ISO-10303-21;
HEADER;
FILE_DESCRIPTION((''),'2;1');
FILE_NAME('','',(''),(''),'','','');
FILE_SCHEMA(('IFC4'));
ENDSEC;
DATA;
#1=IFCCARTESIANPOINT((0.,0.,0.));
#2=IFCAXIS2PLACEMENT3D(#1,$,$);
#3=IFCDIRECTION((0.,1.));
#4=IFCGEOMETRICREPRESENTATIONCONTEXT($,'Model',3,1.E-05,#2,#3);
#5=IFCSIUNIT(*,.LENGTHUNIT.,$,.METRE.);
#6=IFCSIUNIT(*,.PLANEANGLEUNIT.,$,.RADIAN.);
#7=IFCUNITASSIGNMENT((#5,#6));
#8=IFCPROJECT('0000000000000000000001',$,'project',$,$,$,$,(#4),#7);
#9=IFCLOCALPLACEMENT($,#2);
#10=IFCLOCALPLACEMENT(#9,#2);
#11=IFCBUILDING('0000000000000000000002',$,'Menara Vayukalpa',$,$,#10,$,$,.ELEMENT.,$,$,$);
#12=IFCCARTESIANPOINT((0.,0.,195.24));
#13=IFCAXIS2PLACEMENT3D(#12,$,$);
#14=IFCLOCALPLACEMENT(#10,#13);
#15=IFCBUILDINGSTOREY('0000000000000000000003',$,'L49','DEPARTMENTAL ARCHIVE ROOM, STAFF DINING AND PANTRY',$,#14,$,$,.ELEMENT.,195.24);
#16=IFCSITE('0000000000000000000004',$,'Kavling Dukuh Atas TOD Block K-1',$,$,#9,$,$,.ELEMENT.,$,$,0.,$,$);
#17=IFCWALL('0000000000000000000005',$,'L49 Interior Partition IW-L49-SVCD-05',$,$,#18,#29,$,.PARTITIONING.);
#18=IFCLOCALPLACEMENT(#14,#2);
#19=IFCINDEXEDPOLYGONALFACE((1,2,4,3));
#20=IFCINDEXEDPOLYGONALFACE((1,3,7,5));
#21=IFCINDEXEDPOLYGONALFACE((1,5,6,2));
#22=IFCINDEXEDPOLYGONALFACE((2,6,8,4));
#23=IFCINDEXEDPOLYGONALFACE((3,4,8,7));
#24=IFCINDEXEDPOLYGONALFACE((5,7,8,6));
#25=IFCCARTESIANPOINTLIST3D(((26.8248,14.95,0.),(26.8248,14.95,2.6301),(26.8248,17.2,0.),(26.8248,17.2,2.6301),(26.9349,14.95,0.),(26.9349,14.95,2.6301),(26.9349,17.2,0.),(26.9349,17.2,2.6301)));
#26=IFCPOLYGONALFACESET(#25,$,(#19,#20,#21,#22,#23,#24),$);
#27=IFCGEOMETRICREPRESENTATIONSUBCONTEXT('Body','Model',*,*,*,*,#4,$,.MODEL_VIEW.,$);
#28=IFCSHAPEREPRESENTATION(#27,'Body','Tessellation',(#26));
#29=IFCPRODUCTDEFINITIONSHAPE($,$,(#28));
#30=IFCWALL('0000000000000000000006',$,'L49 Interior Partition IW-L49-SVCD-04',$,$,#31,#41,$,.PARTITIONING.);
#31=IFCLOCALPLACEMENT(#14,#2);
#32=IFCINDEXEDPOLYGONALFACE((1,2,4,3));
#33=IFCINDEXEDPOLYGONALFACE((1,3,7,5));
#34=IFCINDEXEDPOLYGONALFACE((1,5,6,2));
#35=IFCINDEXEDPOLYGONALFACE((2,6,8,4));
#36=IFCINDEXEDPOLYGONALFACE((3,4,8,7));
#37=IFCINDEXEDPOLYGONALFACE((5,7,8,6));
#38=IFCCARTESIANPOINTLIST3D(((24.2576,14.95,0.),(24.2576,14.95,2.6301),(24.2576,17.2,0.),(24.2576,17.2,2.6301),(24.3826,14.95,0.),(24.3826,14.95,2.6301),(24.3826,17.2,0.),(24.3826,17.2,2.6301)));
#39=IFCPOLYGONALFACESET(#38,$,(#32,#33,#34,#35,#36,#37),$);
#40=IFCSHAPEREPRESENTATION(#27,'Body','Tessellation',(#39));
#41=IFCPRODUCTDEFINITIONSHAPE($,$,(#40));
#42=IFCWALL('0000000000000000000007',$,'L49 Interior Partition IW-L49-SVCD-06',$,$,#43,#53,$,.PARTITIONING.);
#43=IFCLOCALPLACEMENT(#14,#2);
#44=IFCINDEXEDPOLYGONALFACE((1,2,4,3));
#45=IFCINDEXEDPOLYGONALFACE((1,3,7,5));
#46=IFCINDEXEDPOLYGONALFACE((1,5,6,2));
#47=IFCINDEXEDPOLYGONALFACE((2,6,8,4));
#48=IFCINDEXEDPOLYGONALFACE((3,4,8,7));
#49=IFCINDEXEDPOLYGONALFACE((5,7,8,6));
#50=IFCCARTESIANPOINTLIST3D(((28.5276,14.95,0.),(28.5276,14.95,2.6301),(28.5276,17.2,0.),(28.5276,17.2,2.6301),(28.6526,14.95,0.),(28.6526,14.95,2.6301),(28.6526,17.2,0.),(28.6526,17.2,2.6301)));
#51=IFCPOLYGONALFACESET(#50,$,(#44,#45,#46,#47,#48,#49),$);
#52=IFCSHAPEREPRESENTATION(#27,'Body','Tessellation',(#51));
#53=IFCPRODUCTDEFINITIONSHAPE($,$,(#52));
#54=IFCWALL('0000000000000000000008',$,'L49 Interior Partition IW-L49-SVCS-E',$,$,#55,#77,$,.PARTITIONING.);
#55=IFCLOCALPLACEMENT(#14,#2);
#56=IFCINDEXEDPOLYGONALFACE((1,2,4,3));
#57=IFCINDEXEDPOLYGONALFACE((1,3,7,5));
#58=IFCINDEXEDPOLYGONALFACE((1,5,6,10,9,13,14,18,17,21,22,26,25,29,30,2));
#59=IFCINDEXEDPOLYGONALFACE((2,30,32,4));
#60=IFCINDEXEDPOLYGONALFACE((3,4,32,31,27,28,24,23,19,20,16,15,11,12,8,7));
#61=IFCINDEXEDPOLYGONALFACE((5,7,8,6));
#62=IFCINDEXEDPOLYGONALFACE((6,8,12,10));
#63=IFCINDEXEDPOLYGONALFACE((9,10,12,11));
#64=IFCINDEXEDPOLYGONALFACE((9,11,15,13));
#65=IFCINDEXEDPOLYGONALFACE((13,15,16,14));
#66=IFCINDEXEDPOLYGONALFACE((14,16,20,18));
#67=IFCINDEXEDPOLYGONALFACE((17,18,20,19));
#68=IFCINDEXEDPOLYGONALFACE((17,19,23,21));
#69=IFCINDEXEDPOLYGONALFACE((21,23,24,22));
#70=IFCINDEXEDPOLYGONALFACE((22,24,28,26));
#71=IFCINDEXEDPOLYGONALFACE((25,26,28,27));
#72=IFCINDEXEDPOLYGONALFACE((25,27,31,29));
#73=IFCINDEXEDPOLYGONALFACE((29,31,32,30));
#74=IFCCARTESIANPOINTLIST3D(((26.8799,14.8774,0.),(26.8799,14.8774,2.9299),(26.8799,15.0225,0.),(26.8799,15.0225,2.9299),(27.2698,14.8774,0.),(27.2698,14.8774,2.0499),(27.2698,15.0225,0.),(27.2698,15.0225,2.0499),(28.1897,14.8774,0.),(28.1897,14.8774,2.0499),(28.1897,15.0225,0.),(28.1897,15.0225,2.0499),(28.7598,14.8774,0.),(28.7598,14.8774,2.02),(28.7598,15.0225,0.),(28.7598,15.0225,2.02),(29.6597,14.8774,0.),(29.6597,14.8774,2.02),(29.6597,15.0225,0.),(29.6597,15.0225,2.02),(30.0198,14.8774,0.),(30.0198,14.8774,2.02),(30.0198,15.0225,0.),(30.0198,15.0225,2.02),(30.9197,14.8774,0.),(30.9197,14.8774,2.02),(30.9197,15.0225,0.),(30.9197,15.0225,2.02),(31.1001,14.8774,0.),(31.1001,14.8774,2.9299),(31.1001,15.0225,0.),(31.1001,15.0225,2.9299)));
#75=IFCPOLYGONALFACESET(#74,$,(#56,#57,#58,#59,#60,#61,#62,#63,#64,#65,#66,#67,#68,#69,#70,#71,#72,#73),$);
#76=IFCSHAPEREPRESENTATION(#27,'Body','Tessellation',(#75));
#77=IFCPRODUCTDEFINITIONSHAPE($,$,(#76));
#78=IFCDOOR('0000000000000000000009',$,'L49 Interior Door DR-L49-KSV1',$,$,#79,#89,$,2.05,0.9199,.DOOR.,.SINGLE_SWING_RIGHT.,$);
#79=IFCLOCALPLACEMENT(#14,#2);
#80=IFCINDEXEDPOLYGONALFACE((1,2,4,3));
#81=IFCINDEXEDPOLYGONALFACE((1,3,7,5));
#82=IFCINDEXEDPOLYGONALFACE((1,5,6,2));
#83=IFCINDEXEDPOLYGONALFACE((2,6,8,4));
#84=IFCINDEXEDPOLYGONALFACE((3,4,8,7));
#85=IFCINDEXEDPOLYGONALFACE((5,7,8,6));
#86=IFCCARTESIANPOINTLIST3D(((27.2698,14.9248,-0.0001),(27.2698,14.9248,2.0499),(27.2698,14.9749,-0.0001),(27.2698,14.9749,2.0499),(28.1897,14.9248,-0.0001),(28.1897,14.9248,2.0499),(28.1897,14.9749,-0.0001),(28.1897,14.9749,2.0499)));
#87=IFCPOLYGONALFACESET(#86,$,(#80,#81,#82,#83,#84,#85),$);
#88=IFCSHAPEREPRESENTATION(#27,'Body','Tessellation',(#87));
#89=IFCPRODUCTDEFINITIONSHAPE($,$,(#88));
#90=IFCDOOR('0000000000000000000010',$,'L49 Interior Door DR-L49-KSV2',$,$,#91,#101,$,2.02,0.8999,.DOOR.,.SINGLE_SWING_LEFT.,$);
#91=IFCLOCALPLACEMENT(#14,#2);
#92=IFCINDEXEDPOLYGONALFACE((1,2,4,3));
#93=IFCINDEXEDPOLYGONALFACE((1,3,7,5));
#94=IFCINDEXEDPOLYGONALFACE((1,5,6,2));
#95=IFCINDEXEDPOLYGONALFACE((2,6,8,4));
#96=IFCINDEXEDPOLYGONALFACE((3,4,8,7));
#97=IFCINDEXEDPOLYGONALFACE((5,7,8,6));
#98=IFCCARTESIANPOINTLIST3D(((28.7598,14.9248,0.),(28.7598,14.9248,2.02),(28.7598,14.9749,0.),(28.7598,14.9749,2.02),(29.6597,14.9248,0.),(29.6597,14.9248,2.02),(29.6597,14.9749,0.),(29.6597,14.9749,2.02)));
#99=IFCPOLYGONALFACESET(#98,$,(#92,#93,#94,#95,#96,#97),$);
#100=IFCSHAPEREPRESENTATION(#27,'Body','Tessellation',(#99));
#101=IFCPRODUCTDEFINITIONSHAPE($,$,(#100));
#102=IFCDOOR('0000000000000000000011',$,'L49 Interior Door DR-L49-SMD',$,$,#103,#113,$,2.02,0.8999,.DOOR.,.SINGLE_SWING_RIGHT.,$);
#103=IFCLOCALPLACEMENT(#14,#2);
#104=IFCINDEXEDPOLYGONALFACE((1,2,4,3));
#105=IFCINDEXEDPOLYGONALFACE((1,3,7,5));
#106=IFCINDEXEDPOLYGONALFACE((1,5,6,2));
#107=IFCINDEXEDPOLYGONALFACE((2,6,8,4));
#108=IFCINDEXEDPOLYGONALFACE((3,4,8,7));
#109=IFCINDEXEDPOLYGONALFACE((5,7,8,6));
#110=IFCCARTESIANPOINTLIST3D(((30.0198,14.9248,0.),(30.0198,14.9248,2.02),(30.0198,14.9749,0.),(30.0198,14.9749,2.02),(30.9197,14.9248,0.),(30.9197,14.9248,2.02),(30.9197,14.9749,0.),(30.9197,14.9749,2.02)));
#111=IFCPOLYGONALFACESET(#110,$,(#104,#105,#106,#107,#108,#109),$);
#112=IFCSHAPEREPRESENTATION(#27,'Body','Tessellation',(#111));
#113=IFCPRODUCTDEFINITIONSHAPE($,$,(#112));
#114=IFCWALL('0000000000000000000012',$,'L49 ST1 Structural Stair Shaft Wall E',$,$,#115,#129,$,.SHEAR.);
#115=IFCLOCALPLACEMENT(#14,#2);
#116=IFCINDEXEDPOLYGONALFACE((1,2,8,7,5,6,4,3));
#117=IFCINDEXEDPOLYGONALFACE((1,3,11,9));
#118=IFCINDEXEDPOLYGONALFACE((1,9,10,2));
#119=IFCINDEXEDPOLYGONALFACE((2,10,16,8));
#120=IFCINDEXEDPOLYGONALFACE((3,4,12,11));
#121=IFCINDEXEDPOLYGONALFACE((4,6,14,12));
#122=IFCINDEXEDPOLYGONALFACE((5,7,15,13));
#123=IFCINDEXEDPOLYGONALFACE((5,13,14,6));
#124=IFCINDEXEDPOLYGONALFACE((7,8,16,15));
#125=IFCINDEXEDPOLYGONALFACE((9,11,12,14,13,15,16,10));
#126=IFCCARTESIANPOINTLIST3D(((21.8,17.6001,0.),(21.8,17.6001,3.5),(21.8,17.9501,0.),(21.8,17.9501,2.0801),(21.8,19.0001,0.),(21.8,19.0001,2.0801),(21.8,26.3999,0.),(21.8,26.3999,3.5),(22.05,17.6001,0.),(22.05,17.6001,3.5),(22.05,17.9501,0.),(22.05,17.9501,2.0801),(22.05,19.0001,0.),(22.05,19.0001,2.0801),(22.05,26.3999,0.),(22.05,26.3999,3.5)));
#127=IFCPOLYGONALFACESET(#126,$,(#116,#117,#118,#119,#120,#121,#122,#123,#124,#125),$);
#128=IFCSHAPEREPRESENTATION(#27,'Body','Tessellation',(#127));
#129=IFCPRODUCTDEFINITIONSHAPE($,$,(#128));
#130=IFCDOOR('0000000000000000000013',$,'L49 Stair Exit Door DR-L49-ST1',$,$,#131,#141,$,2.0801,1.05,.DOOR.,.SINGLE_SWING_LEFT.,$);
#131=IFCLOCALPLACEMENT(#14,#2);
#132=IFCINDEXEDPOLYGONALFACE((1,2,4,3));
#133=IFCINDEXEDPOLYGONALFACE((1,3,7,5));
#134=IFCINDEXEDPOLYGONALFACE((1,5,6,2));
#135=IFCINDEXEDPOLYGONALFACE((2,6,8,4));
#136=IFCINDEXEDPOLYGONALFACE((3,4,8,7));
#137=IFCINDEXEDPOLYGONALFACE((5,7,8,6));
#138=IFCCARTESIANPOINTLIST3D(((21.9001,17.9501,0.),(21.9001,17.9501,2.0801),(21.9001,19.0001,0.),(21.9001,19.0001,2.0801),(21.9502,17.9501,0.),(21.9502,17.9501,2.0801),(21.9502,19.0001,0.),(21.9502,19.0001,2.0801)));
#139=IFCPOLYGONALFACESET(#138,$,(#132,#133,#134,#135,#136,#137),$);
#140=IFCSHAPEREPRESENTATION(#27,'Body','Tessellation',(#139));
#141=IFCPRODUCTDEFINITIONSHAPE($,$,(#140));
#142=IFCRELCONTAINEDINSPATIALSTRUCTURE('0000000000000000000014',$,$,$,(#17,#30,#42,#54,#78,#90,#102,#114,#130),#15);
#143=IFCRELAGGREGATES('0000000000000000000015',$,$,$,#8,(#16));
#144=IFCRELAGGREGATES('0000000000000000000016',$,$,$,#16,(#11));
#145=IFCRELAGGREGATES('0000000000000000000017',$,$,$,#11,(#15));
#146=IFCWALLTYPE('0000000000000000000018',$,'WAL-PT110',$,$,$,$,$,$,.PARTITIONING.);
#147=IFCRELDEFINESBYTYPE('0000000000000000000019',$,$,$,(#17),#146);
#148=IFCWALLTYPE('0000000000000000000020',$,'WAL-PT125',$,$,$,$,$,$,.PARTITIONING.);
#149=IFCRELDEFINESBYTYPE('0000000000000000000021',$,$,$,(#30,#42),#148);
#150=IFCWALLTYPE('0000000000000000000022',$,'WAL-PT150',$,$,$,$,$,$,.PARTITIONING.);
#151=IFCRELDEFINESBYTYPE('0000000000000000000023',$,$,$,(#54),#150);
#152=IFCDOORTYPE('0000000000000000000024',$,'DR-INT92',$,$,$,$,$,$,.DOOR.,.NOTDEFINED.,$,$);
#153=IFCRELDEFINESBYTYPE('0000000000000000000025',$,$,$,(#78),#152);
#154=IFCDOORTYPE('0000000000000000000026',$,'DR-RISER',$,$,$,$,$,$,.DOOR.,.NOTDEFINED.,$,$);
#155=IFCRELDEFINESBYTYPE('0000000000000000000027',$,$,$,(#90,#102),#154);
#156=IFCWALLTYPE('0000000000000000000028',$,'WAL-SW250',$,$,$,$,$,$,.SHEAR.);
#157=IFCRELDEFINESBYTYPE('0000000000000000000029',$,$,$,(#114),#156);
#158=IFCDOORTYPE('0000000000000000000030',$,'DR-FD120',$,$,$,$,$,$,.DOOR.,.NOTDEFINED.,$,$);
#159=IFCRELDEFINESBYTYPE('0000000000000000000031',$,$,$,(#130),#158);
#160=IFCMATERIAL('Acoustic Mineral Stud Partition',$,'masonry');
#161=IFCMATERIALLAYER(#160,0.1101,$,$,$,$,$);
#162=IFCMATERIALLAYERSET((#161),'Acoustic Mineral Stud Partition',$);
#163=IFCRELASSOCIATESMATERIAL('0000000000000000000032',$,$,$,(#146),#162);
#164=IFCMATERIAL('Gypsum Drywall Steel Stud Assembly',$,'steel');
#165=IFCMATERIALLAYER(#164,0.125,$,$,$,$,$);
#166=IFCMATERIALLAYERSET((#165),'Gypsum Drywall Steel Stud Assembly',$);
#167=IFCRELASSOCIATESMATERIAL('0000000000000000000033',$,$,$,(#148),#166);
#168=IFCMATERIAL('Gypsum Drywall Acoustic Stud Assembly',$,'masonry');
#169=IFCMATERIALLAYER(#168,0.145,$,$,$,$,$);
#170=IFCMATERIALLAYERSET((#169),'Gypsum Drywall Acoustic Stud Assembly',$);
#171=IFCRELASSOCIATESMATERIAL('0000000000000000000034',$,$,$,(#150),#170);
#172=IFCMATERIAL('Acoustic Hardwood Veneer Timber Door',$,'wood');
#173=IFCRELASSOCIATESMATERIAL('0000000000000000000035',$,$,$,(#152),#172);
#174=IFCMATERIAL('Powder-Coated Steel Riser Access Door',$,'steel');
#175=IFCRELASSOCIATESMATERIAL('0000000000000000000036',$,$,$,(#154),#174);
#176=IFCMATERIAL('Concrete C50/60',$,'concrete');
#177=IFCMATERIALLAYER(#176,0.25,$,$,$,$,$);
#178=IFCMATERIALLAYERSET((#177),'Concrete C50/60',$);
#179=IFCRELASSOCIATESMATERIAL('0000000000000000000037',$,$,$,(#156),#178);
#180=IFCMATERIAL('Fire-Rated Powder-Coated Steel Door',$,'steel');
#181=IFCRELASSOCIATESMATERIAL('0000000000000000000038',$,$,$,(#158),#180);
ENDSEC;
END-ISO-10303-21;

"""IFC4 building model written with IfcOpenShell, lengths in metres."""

from ifc_helpers import new_model, si_unit, direction, frame, frame_2d, origin, place, context, subcontext, project, spatial, rectangle, extrude, material, layer, layer_set, type_object, element, fill, save


model = new_model("IFC4")

# Units and contexts
model_context = context("Model", 3, precision=1e-05, world=origin(), true_north=direction((0.0, 1.0)))
body_context = subcontext(model_context, "Body", "Model", "MODEL_VIEW")
ifc_project = project(units=[si_unit("LENGTHUNIT", "METRE"), si_unit("PLANEANGLEUNIT", "RADIAN")], contexts=[model_context])

# Site, building, storey
site_placement = place(None, origin())
site = spatial("IfcSite", under=ifc_project, at=site_placement, Name="Kavling Dukuh Atas TOD Block K-1", CompositionType="ELEMENT", RefElevation=0.0)
building_placement = place(site_placement, origin())
building = spatial("IfcBuilding", under=site, at=building_placement, Name="Menara Vayukalpa", CompositionType="ELEMENT")
storey_placement = place(building_placement, frame((0.0, 0.0, 195.24)))
storey = spatial("IfcBuildingStorey", under=building, at=storey_placement, Name="L49", Description="DEPARTMENTAL ARCHIVE ROOM, STAFF DINING AND PANTRY", CompositionType="ELEMENT", Elevation=195.24)

# Walls
ifc_material_1 = material(Name="Acoustic Mineral Stud Partition", Category="masonry")
ifc_layer_1 = layer(ifc_material_1, 0.1101)
ifc_layer_set_1 = layer_set([ifc_layer_1], Name="Acoustic Mineral Stud Partition")
wall_type_1 = type_object("IfcWallType", Name="WAL-PT110", PredefinedType="PARTITIONING", material=ifc_layer_set_1)
wall_1_placement = place(storey_placement, frame((26.8799, 14.95, 0.0), z_axis=(0.0, 0.0, 1.0), x_axis=(0.0, 1.0, 0.0)))
element("IfcWall", 1, at=wall_1_placement, inside=storey, type_object=wall_type_1, Name="L49 Interior Partition IW-L49-SVCD-05", PredefinedType="PARTITIONING", context=body_context, shape_type="SweptSolid", body=[
    extrude(rectangle(XDim=2.25, YDim=0.1101, at=frame_2d((1.125, 0.0))), origin(), (0.0, 0.0, 1.0), 2.6301),
])
ifc_material_2 = material(Name="Gypsum Drywall Steel Stud Assembly", Category="steel")
ifc_layer_2 = layer(ifc_material_2, 0.125)
ifc_layer_set_2 = layer_set([ifc_layer_2], Name="Gypsum Drywall Steel Stud Assembly")
wall_type_2 = type_object("IfcWallType", Name="WAL-PT125", PredefinedType="PARTITIONING", material=ifc_layer_set_2)
for number, where, z_axis, x_axis, name in (
    (2, (24.3201, 14.95, 0.0), (0.0, 0.0, 1.0), (0.0, 1.0, 0.0), "L49 Interior Partition IW-L49-SVCD-04"),
    (3, (28.5901, 14.95, 0.0), (0.0, 0.0, 1.0), (0.0, 1.0, 0.0), "L49 Interior Partition IW-L49-SVCD-06"),
):
    element("IfcWall", number, at=place(storey_placement, frame(where, z_axis=z_axis, x_axis=x_axis)), inside=storey, type_object=wall_type_2, Name=name, PredefinedType="PARTITIONING", context=body_context, shape_type="SweptSolid", body=[
        extrude(rectangle(XDim=2.25, YDim=0.125, at=frame_2d((1.125, 0.0))), origin(), (0.0, 0.0, 1.0), 2.6301),
    ])

# Wall, openings, doors
ifc_material_3 = material(Name="Gypsum Drywall Acoustic Stud Assembly", Category="masonry")
ifc_layer_3 = layer(ifc_material_3, 0.145)
ifc_layer_set_3 = layer_set([ifc_layer_3], Name="Gypsum Drywall Acoustic Stud Assembly")
wall_type_3 = type_object("IfcWallType", Name="WAL-PT150", PredefinedType="PARTITIONING", material=ifc_layer_set_3)
wall_2_placement = place(storey_placement, frame((26.8799, 14.95, 0.0), z_axis=(0.0, 0.0, 1.0), x_axis=(1.0, 0.0, 0.0)))
wall_2 = element("IfcWall", 4, at=wall_2_placement, inside=storey, type_object=wall_type_3, Name="L49 Interior Partition IW-L49-SVCS-E", PredefinedType="PARTITIONING", context=body_context, shape_type="SweptSolid", body=[
    extrude(rectangle(XDim=4.2202, YDim=0.145, at=frame_2d((2.1101, 0.0))), origin(), (0.0, 0.0, 1.0), 2.9299),
])
opening_1_placement = place(wall_2_placement, frame((0.3899, 0.0, 0.0)))
opening_1 = element("IfcOpeningElement", 5, at=opening_1_placement, cuts=wall_2, PredefinedType="OPENING", context=body_context, shape_type="SweptSolid", body=[
    extrude(rectangle(XDim=0.9199, YDim=2.05, at=frame_2d((0.46, 1.0249))), frame((0.0, 0.0825, 0.0), z_axis=(0.0, -1.0, 0.0), x_axis=(1.0, 0.0, 0.0)), (0.0, 0.0, 1.0), 0.165),
])
opening_2_placement = place(wall_2_placement, frame((1.8799, 0.0, 0.0)))
opening_2 = element("IfcOpeningElement", 6, at=opening_2_placement, cuts=wall_2, PredefinedType="OPENING", context=body_context, shape_type="SweptSolid", body=[
    extrude(rectangle(XDim=0.8999, YDim=2.02, at=frame_2d((0.45, 1.01))), frame((0.0, 0.0825, 0.0), z_axis=(0.0, -1.0, 0.0), x_axis=(1.0, 0.0, 0.0)), (0.0, 0.0, 1.0), 0.165),
])
opening_3_placement = place(wall_2_placement, frame((3.1399, 0.0, 0.0)))
opening_3 = element("IfcOpeningElement", 7, at=opening_3_placement, cuts=wall_2, PredefinedType="OPENING", context=body_context, shape_type="SweptSolid", body=[
    extrude(rectangle(XDim=0.8999, YDim=2.02, at=frame_2d((0.45, 1.01))), frame((0.0, 0.0825, 0.0), z_axis=(0.0, -1.0, 0.0), x_axis=(1.0, 0.0, 0.0)), (0.0, 0.0, 1.0), 0.165),
])
ifc_material_4 = material(Name="Acoustic Hardwood Veneer Timber Door", Category="wood")
door_type_1 = type_object("IfcDoorType", Name="DR-INT92", OperationType="NOTDEFINED", PredefinedType="DOOR", material=ifc_material_4)
door_1_placement = place(opening_1_placement, origin())
door_1 = element("IfcDoor", 8, at=door_1_placement, inside=storey, type_object=door_type_1, Name="L49 Interior Door DR-L49-KSV1", OperationType="SINGLE_SWING_RIGHT", OverallHeight=2.05, OverallWidth=0.9199, PredefinedType="DOOR", context=body_context, shape_type="SweptSolid", body=[
    extrude(rectangle(XDim=0.9199, YDim=2.05, at=frame_2d((0.46, 1.0249))), frame((0.0, 0.0249, 0.0), z_axis=(0.0, -1.0, 0.0), x_axis=(1.0, 0.0, 0.0)), (0.0, 0.0, 1.0), 0.05),
])
fill(opening_1, door_1)
ifc_material_5 = material(Name="Powder-Coated Steel Riser Access Door", Category="steel")
door_type_2 = type_object("IfcDoorType", Name="DR-RISER", OperationType="NOTDEFINED", PredefinedType="DOOR", material=ifc_material_5)
door_2_placement = place(opening_2_placement, origin())
door_2 = element("IfcDoor", 9, at=door_2_placement, inside=storey, type_object=door_type_2, Name="L49 Interior Door DR-L49-KSV2", OperationType="SINGLE_SWING_LEFT", OverallHeight=2.02, OverallWidth=0.8999, PredefinedType="DOOR", context=body_context, shape_type="SweptSolid", body=[
    extrude(rectangle(XDim=0.8999, YDim=2.02, at=frame_2d((0.45, 1.01))), frame((0.0, 0.0249, 0.0), z_axis=(0.0, -1.0, 0.0), x_axis=(1.0, 0.0, 0.0)), (0.0, 0.0, 1.0), 0.05),
])
fill(opening_2, door_2)
door_3_placement = place(opening_3_placement, origin())
door_3 = element("IfcDoor", 10, at=door_3_placement, inside=storey, type_object=door_type_2, Name="L49 Interior Door DR-L49-SMD", OperationType="SINGLE_SWING_RIGHT", OverallHeight=2.02, OverallWidth=0.8999, PredefinedType="DOOR", context=body_context, shape_type="SweptSolid", body=[
    extrude(rectangle(XDim=0.8999, YDim=2.02, at=frame_2d((0.45, 1.01))), frame((0.0, 0.0249, 0.0), z_axis=(0.0, -1.0, 0.0), x_axis=(1.0, 0.0, 0.0)), (0.0, 0.0, 1.0), 0.05),
])
fill(opening_3, door_3)

# Wall, opening, door
ifc_material_6 = material(Name="Concrete C50/60", Category="concrete")
ifc_layer_4 = layer(ifc_material_6, 0.25)
ifc_layer_set_4 = layer_set([ifc_layer_4], Name="Concrete C50/60")
wall_type_4 = type_object("IfcWallType", Name="WAL-SW250", PredefinedType="SHEAR", material=ifc_layer_set_4)
wall_3_placement = place(storey_placement, frame((21.925, 17.6001, 0.0), z_axis=(0.0, 0.0, 1.0), x_axis=(0.0, 1.0, 0.0)))
wall_3 = element("IfcWall", 11, at=wall_3_placement, inside=storey, type_object=wall_type_4, Name="L49 ST1 Structural Stair Shaft Wall E", PredefinedType="SHEAR", context=body_context, shape_type="SweptSolid", body=[
    extrude(rectangle(XDim=8.7998, YDim=0.25, at=frame_2d((4.3999, 0.0))), origin(), (0.0, 0.0, 1.0), 3.5),
])
opening_4_placement = place(wall_3_placement, frame((0.3501, 0.0, 0.0)))
opening_4 = element("IfcOpeningElement", 12, at=opening_4_placement, cuts=wall_3, PredefinedType="OPENING", context=body_context, shape_type="SweptSolid", body=[
    extrude(rectangle(XDim=1.05, YDim=2.0801, at=frame_2d((0.5249, 1.04))), frame((0.0, 0.135, 0.0), z_axis=(0.0, -1.0, 0.0), x_axis=(1.0, 0.0, 0.0)), (0.0, 0.0, 1.0), 0.27),
])
ifc_material_7 = material(Name="Fire-Rated Powder-Coated Steel Door", Category="steel")
door_type_3 = type_object("IfcDoorType", Name="DR-FD120", OperationType="NOTDEFINED", PredefinedType="DOOR", material=ifc_material_7)
door_4_placement = place(opening_4_placement, origin())
door_4 = element("IfcDoor", 13, at=door_4_placement, inside=storey, type_object=door_type_3, Name="L49 Stair Exit Door DR-L49-ST1", OperationType="SINGLE_SWING_LEFT", OverallHeight=2.0801, OverallWidth=1.05, PredefinedType="DOOR", context=body_context, shape_type="SweptSolid", body=[
    extrude(rectangle(XDim=1.05, YDim=2.0801, at=frame_2d((0.5249, 1.04))), frame((0.0, 0.0249, 0.0), z_axis=(0.0, -1.0, 0.0), x_axis=(1.0, 0.0, 0.0)), (0.0, 0.0, 1.0), 0.05),
])
fill(opening_4, door_4)

save(model, "model.ifc")
